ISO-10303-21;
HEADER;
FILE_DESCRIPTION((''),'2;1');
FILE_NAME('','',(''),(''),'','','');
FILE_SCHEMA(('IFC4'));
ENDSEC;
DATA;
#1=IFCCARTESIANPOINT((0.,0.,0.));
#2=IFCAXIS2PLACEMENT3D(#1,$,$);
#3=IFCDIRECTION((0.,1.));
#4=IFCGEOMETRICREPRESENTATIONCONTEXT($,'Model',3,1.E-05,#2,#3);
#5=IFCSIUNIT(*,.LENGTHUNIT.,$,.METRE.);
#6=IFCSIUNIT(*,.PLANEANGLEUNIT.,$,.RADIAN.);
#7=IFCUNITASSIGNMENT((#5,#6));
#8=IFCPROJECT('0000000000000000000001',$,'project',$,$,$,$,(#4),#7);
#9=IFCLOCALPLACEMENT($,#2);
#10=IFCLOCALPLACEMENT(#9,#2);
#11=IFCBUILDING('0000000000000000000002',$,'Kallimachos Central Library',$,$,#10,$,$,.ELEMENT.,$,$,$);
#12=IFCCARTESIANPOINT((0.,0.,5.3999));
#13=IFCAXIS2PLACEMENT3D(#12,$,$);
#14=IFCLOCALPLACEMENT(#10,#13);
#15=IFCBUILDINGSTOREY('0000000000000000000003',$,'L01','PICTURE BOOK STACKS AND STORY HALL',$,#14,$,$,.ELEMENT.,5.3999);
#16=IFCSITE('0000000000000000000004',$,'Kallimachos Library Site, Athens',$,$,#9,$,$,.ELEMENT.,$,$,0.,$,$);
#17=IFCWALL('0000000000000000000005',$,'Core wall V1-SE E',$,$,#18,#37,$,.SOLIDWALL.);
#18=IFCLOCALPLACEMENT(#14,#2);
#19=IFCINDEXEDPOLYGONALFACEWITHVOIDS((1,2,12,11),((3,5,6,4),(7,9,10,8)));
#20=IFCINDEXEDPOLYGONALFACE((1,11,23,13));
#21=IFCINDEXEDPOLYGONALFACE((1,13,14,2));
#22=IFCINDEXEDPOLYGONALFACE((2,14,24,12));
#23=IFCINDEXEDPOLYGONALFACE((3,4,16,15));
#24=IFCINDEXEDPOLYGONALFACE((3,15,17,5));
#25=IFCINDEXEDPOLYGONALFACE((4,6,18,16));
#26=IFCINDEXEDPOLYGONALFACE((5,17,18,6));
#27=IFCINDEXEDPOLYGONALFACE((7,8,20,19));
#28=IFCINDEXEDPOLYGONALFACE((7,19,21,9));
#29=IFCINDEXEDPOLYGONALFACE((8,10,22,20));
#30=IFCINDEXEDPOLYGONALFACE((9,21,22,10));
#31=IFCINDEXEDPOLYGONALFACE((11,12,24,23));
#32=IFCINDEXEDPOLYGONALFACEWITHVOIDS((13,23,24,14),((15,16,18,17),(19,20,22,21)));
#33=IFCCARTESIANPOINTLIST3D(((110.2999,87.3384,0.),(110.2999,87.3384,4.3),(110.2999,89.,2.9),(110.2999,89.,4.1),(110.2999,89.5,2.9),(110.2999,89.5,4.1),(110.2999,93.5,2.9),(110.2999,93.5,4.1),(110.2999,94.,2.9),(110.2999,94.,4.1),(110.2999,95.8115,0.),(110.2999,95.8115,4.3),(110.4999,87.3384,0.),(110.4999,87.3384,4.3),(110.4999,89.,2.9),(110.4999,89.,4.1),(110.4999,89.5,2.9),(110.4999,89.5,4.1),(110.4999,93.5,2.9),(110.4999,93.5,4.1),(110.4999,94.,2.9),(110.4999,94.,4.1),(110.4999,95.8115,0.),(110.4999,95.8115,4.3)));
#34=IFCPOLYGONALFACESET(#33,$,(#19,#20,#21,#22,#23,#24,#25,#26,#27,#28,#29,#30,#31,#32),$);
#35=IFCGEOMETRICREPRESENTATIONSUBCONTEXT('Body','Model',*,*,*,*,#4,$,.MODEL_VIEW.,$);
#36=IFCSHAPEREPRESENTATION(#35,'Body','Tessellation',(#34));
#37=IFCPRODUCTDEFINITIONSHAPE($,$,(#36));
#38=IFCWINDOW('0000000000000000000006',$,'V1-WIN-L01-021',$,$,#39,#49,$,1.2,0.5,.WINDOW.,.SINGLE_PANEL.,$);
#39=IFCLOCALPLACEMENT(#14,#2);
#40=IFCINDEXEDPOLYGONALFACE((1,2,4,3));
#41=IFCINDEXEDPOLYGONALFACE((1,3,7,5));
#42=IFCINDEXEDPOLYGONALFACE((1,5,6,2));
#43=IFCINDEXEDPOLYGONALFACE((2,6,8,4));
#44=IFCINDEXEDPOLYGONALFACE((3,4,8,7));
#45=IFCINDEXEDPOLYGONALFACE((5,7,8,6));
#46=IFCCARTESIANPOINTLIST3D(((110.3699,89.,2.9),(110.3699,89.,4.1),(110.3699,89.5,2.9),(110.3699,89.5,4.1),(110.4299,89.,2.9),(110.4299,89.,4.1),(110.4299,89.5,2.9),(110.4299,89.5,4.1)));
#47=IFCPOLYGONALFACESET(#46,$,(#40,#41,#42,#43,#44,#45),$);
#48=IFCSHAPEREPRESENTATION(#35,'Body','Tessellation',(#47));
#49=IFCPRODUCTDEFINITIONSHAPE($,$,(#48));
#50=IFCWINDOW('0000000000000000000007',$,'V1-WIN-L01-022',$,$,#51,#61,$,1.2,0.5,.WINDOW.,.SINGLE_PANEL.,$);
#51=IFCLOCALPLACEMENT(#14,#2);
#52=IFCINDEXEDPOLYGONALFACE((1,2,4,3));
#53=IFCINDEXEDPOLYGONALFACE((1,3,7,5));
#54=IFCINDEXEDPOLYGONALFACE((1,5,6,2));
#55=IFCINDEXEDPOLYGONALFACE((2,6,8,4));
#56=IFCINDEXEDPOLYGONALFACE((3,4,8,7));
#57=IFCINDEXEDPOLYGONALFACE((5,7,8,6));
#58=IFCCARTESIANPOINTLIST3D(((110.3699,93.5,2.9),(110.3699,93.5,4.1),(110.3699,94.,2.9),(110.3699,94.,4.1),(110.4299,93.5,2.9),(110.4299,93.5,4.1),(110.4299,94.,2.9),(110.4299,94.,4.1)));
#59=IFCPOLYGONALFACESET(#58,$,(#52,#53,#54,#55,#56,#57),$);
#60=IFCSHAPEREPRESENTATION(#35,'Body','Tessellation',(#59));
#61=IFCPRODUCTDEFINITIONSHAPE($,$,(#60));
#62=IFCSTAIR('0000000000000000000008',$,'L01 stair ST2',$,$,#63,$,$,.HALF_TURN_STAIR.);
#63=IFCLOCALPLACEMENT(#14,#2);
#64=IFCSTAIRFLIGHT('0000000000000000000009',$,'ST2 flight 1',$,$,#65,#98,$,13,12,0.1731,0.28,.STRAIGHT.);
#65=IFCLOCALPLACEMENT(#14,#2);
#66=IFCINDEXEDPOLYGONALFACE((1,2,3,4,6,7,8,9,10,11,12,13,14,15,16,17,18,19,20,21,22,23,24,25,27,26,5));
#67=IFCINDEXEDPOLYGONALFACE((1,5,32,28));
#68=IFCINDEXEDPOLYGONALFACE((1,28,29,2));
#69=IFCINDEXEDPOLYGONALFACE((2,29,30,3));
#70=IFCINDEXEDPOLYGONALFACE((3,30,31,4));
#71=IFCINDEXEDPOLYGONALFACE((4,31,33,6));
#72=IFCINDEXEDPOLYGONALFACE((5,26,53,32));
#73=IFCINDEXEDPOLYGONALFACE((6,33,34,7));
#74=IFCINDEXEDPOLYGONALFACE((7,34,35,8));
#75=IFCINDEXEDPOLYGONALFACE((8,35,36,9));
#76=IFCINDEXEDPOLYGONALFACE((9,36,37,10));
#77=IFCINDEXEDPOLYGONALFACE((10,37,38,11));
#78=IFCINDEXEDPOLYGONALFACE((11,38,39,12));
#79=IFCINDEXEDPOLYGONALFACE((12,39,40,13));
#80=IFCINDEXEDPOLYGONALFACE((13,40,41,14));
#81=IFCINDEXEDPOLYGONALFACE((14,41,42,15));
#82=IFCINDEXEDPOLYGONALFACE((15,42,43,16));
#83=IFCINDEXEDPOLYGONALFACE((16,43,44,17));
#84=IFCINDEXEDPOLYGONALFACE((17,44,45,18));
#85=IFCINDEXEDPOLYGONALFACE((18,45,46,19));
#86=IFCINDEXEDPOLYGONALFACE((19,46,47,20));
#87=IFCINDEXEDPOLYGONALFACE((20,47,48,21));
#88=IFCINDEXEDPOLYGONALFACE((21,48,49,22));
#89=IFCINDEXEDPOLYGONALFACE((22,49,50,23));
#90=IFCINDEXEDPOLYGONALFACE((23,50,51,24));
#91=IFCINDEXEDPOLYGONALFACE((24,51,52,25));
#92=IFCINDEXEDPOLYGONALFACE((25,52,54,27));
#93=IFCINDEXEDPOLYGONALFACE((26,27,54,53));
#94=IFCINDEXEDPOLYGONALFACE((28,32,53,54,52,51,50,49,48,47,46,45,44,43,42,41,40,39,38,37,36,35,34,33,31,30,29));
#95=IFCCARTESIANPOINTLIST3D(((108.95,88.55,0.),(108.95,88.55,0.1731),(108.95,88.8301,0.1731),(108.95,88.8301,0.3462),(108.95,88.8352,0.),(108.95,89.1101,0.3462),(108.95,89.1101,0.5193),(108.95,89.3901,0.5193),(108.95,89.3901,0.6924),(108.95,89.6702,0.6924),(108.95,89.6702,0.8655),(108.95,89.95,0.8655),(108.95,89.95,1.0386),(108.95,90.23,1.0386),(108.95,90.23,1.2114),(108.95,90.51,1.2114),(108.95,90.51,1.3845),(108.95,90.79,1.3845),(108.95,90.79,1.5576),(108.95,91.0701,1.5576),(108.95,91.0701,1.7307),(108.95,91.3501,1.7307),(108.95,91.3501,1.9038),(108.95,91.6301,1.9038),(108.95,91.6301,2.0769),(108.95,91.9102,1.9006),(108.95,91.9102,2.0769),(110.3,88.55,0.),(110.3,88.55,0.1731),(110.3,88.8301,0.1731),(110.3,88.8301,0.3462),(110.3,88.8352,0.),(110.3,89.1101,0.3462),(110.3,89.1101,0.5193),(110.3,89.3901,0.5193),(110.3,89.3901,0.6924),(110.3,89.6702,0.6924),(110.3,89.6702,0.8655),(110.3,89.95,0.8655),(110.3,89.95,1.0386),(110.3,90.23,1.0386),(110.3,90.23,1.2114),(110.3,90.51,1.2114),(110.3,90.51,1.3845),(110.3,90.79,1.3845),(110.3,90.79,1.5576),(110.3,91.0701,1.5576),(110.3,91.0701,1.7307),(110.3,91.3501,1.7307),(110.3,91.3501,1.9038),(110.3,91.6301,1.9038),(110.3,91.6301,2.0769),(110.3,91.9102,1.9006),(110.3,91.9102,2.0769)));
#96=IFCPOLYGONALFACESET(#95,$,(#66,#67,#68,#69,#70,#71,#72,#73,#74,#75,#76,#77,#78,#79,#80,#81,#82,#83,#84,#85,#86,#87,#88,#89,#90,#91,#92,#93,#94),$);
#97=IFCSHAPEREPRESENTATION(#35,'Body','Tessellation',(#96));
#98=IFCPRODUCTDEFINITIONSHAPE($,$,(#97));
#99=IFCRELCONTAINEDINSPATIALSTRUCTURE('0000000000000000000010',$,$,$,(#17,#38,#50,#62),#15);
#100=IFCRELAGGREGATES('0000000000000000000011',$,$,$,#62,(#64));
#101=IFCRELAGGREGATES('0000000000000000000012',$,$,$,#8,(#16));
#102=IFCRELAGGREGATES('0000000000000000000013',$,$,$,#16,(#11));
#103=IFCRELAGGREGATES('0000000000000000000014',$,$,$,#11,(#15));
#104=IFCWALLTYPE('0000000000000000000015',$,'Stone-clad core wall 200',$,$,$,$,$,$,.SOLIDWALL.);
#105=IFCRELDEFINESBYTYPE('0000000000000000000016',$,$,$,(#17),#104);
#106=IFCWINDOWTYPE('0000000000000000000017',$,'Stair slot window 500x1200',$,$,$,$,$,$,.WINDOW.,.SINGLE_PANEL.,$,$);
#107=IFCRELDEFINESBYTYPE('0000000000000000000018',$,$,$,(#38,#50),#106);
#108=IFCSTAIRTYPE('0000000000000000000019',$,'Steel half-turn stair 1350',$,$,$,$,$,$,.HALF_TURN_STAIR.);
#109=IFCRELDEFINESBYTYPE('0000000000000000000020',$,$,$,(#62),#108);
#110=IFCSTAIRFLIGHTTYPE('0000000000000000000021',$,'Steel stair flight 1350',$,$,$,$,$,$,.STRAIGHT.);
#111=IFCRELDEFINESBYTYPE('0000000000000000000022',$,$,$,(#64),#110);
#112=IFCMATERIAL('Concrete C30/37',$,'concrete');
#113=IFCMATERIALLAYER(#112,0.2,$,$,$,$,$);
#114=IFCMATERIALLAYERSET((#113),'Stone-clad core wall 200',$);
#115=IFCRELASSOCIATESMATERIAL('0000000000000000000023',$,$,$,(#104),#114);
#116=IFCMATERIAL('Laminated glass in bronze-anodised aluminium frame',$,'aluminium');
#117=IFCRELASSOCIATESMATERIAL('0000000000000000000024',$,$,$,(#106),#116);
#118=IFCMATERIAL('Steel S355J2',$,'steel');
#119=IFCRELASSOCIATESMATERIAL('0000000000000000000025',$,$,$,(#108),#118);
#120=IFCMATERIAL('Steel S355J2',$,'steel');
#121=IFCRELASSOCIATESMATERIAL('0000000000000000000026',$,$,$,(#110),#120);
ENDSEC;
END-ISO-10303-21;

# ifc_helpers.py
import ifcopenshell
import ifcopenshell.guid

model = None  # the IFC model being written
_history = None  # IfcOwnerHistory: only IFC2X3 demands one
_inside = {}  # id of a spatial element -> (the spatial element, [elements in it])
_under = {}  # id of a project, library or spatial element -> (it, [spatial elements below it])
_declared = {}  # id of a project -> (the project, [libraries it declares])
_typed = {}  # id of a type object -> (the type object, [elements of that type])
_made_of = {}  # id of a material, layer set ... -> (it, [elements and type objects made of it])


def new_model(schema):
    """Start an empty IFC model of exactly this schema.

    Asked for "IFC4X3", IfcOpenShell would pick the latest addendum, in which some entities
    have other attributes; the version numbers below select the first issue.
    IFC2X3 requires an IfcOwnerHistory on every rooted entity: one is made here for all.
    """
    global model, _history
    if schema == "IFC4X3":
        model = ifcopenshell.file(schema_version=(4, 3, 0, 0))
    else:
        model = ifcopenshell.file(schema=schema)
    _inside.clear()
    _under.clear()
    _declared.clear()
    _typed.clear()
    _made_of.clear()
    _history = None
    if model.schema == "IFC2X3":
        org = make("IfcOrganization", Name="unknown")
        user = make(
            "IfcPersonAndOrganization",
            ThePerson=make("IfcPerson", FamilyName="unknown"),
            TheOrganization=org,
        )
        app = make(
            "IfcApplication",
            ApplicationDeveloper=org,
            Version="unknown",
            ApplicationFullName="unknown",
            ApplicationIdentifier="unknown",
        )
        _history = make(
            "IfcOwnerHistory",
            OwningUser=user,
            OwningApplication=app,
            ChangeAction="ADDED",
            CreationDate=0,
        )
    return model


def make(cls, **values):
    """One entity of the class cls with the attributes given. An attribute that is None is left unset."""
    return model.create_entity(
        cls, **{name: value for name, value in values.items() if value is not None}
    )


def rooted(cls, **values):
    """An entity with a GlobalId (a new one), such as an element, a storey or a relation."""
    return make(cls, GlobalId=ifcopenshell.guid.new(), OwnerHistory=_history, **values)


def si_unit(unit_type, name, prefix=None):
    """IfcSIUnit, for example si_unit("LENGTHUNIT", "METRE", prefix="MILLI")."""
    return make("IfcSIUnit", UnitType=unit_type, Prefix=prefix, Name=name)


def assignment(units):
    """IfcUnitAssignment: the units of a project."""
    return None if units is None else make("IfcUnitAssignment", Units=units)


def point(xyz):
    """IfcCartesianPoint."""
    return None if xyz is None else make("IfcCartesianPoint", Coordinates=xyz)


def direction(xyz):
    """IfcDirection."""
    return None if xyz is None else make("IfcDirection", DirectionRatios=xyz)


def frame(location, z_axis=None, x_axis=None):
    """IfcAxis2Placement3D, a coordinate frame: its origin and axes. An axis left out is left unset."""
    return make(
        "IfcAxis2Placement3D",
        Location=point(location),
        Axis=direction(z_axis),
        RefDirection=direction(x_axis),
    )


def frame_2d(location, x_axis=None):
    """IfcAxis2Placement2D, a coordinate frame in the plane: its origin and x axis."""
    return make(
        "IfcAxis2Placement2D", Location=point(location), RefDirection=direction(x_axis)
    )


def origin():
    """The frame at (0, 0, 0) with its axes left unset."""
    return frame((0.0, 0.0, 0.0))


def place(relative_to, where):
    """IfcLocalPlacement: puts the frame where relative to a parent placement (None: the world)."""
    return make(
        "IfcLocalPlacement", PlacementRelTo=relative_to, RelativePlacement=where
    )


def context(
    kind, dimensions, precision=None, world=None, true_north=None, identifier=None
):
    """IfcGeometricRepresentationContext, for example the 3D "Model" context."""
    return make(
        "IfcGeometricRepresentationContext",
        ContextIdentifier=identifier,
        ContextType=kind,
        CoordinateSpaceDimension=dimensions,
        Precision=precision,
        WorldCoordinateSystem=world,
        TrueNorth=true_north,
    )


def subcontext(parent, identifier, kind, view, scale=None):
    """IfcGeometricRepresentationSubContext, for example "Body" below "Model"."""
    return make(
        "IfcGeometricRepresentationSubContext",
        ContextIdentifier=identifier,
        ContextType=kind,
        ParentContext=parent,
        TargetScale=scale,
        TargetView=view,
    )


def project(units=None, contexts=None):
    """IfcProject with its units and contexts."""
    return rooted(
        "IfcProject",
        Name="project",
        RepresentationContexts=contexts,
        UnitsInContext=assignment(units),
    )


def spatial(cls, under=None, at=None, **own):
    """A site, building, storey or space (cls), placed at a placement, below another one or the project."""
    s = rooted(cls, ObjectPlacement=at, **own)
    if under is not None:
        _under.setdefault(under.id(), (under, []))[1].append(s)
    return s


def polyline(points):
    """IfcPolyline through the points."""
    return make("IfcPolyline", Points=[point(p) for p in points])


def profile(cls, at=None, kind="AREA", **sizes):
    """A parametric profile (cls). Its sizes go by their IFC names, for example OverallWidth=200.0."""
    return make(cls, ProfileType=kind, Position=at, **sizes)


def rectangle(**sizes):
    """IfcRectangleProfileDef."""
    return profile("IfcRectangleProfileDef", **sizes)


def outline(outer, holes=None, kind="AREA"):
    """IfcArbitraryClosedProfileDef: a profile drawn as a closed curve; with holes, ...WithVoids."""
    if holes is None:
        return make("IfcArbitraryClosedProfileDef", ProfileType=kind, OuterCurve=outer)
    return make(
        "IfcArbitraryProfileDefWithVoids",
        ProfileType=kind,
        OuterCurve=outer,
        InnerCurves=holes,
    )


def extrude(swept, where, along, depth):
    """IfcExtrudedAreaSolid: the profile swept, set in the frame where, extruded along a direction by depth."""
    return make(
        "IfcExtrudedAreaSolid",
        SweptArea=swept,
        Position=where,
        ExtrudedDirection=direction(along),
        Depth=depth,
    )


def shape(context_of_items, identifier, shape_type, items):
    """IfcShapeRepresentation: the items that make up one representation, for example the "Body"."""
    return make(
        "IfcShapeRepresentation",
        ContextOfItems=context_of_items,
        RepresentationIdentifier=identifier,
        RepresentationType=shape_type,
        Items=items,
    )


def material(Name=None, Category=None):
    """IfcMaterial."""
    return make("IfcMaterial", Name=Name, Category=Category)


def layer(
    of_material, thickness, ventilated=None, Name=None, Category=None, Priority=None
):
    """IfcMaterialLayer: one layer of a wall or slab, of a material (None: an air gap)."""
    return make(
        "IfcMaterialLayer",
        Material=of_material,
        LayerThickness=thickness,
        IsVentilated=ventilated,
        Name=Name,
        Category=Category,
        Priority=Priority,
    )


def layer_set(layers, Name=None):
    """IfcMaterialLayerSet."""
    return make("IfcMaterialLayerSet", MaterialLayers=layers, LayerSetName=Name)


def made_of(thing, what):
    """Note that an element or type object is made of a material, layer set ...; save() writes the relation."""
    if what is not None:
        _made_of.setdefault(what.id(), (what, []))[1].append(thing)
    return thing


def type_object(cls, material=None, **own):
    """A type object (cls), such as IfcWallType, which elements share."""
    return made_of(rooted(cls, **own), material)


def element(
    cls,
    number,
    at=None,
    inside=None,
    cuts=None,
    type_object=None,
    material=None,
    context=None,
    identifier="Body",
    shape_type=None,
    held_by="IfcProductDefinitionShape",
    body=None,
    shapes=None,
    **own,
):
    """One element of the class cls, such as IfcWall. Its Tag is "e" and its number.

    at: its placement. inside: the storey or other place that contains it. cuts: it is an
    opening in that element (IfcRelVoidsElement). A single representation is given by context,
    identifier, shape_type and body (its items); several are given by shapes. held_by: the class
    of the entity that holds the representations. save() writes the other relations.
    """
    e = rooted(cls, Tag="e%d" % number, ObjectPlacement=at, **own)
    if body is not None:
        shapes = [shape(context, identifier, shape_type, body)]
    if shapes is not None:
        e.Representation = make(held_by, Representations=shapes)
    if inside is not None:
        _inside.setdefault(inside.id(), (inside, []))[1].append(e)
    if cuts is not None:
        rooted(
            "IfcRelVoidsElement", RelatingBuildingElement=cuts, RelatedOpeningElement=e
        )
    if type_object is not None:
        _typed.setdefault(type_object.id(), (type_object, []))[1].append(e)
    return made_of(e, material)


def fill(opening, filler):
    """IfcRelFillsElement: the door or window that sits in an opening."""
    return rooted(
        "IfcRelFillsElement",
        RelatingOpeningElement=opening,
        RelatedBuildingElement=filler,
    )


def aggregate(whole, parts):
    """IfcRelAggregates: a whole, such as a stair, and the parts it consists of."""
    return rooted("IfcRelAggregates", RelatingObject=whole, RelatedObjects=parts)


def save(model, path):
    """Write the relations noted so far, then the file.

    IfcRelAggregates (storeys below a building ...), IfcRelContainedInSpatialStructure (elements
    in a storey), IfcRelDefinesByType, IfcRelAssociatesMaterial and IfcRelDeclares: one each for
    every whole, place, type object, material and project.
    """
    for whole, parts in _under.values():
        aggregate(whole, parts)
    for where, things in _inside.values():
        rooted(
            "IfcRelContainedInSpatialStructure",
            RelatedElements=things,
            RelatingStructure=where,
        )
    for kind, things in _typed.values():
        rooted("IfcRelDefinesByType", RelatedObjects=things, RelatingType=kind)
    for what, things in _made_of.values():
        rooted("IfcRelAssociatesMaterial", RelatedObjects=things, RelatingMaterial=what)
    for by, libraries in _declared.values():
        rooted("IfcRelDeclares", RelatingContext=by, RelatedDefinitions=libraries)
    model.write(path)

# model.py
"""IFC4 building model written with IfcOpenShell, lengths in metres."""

from ifc_helpers import new_model, si_unit, direction, frame, frame_2d, origin, place, context, subcontext, project, spatial, polyline, rectangle, outline, extrude, material, layer, layer_set, type_object, element, fill, aggregate, save


model = new_model("IFC4")

# Units and contexts
model_context = context("Model", 3, precision=1e-05, world=origin(), true_north=direction((0.0, 1.0)))
body_context = subcontext(model_context, "Body", "Model", "MODEL_VIEW")
ifc_project = project(units=[si_unit("LENGTHUNIT", "METRE"), si_unit("PLANEANGLEUNIT", "RADIAN")], contexts=[model_context])

# Site, building, storey
site_placement = place(None, origin())
site = spatial("IfcSite", under=ifc_project, at=site_placement, Name="Kallimachos Library Site, Athens", CompositionType="ELEMENT", RefElevation=0.0)
building_placement = place(site_placement, origin())
building = spatial("IfcBuilding", under=site, at=building_placement, Name="Kallimachos Central Library", CompositionType="ELEMENT")
storey_placement = place(building_placement, frame((0.0, 0.0, 5.3999)))
storey = spatial("IfcBuildingStorey", under=building, at=storey_placement, Name="L01", Description="PICTURE BOOK STACKS AND STORY HALL", CompositionType="ELEMENT", Elevation=5.3999)

# Wall, openings, windows
ifc_material_1 = material(Name="Concrete C30/37", Category="concrete")
ifc_layer = layer(ifc_material_1, 0.2)
ifc_layer_set = layer_set([ifc_layer], Name="Stone-clad core wall 200")
wall_type = type_object("IfcWallType", Name="Stone-clad core wall 200", PredefinedType="SOLIDWALL", material=ifc_layer_set)
wall_placement = place(storey_placement, frame((110.3999, 87.3384, 0.0), z_axis=(0.0, 0.0, 1.0), x_axis=(0.0, 1.0, 0.0)))
wall = element("IfcWall", 1, at=wall_placement, inside=storey, type_object=wall_type, Name="Core wall V1-SE E", PredefinedType="SOLIDWALL", context=body_context, shape_type="SweptSolid", body=[
    extrude(rectangle(XDim=8.4731, YDim=0.2, at=frame_2d((4.2366, 0.0))), origin(), (0.0, 0.0, 1.0), 4.3),
])
opening_1_placement = place(wall_placement, frame((1.6616, 0.0, 2.8999)))
opening_1 = element("IfcOpeningElement", 2, at=opening_1_placement, cuts=wall, PredefinedType="OPENING", context=body_context, shape_type="SweptSolid", body=[
    extrude(rectangle(XDim=0.5, YDim=1.2, at=frame_2d((0.25, 0.6001))), frame((0.0, 0.1099, 0.0), z_axis=(0.0, -1.0, 0.0), x_axis=(1.0, 0.0, 0.0)), (0.0, 0.0, 1.0), 0.22),
])
opening_2_placement = place(wall_placement, frame((6.1616, 0.0, 2.8999)))
opening_2 = element("IfcOpeningElement", 3, at=opening_2_placement, cuts=wall, PredefinedType="OPENING", context=body_context, shape_type="SweptSolid", body=[
    extrude(rectangle(XDim=0.5, YDim=1.2, at=frame_2d((0.25, 0.6001))), frame((0.0, 0.1099, 0.0), z_axis=(0.0, -1.0, 0.0), x_axis=(1.0, 0.0, 0.0)), (0.0, 0.0, 1.0), 0.22),
])
ifc_material_2 = material(Name="Laminated glass in bronze-anodised aluminium frame", Category="aluminium")
window_type = type_object("IfcWindowType", Name="Stair slot window 500x1200", PartitioningType="SINGLE_PANEL", PredefinedType="WINDOW", material=ifc_material_2)
window_1_placement = place(opening_1_placement, origin())
window_1 = element("IfcWindow", 4, at=window_1_placement, inside=storey, type_object=window_type, Name="V1-WIN-L01-021", OverallHeight=1.2, OverallWidth=0.5, PartitioningType="SINGLE_PANEL", PredefinedType="WINDOW", context=body_context, shape_type="SweptSolid", body=[
    extrude(rectangle(XDim=0.5, YDim=1.2, at=frame_2d((0.25, 0.6001))), frame((0.0, 0.03, 0.0), z_axis=(0.0, -1.0, 0.0), x_axis=(1.0, 0.0, 0.0)), (0.0, 0.0, 1.0), 0.0601),
])
fill(opening_1, window_1)
window_2_placement = place(opening_2_placement, origin())
window_2 = element("IfcWindow", 5, at=window_2_placement, inside=storey, type_object=window_type, Name="V1-WIN-L01-022", OverallHeight=1.2, OverallWidth=0.5, PartitioningType="SINGLE_PANEL", PredefinedType="WINDOW", context=body_context, shape_type="SweptSolid", body=[
    extrude(rectangle(XDim=0.5, YDim=1.2, at=frame_2d((0.25, 0.6001))), frame((0.0, 0.03, 0.0), z_axis=(0.0, -1.0, 0.0), x_axis=(1.0, 0.0, 0.0)), (0.0, 0.0, 1.0), 0.0601),
])
fill(opening_2, window_2)

# Stair, stair flight
ifc_material_3 = material(Name="Steel S355J2", Category="steel")
stair_type = type_object("IfcStairType", Name="Steel half-turn stair 1350", PredefinedType="HALF_TURN_STAIR", material=ifc_material_3)
stair_placement = place(storey_placement, origin())
stair = element("IfcStair", 6, at=stair_placement, inside=storey, type_object=stair_type, Name="L01 stair ST2", PredefinedType="HALF_TURN_STAIR")
ifc_material_4 = material(Name="Steel S355J2", Category="steel")
stair_flight_type = type_object("IfcStairFlightType", Name="Steel stair flight 1350", PredefinedType="STRAIGHT", material=ifc_material_4)
stair_flight_placement = place(storey_placement, frame((109.625, 88.55, 0.0), z_axis=(0.0, 0.0, 1.0), x_axis=(0.0, 1.0, 0.0)))
stair_flight = element("IfcStairFlight", 7, at=stair_flight_placement, type_object=stair_flight_type, Name="ST2 flight 1", NumberOfRisers=13, NumberOfTreads=12, PredefinedType="STRAIGHT", RiserHeight=0.1731, TreadLength=0.28, context=body_context, shape_type="SweptSolid", body=[
    extrude(outline(polyline([(0.0, 0.0), (0.0, 0.1731), (0.28, 0.1731), (0.28, 0.3462), (0.5601, 0.3462), (0.5601, 0.5193), (0.8401, 0.5193), (0.8401, 0.6924), (1.1201, 0.6924), (1.1201, 0.8655), (1.3999, 0.8655), (1.3999, 1.0386), (1.6799, 1.0386), (1.6799, 1.2114), (1.96, 1.2114), (1.96, 1.3845), (2.24, 1.3845), (2.24, 1.5576), (2.52, 1.5576), (2.52, 1.7307), (2.8, 1.7307), (2.8, 1.9038), (3.0801, 1.9038), (3.0801, 2.0769), (3.3601, 2.0769), (3.3601, 2.25), (3.3601, 1.9006), (0.2852, 0.0), (0.0, 0.0)])), frame((0.0, 0.675, 0.0), z_axis=(0.0, -1.0, 0.0), x_axis=(1.0, 0.0, 0.0)), (0.0, 0.0, 1.0), 1.3501),
])
aggregate(stair, [stair_flight])

save(model, "model.ifc")
